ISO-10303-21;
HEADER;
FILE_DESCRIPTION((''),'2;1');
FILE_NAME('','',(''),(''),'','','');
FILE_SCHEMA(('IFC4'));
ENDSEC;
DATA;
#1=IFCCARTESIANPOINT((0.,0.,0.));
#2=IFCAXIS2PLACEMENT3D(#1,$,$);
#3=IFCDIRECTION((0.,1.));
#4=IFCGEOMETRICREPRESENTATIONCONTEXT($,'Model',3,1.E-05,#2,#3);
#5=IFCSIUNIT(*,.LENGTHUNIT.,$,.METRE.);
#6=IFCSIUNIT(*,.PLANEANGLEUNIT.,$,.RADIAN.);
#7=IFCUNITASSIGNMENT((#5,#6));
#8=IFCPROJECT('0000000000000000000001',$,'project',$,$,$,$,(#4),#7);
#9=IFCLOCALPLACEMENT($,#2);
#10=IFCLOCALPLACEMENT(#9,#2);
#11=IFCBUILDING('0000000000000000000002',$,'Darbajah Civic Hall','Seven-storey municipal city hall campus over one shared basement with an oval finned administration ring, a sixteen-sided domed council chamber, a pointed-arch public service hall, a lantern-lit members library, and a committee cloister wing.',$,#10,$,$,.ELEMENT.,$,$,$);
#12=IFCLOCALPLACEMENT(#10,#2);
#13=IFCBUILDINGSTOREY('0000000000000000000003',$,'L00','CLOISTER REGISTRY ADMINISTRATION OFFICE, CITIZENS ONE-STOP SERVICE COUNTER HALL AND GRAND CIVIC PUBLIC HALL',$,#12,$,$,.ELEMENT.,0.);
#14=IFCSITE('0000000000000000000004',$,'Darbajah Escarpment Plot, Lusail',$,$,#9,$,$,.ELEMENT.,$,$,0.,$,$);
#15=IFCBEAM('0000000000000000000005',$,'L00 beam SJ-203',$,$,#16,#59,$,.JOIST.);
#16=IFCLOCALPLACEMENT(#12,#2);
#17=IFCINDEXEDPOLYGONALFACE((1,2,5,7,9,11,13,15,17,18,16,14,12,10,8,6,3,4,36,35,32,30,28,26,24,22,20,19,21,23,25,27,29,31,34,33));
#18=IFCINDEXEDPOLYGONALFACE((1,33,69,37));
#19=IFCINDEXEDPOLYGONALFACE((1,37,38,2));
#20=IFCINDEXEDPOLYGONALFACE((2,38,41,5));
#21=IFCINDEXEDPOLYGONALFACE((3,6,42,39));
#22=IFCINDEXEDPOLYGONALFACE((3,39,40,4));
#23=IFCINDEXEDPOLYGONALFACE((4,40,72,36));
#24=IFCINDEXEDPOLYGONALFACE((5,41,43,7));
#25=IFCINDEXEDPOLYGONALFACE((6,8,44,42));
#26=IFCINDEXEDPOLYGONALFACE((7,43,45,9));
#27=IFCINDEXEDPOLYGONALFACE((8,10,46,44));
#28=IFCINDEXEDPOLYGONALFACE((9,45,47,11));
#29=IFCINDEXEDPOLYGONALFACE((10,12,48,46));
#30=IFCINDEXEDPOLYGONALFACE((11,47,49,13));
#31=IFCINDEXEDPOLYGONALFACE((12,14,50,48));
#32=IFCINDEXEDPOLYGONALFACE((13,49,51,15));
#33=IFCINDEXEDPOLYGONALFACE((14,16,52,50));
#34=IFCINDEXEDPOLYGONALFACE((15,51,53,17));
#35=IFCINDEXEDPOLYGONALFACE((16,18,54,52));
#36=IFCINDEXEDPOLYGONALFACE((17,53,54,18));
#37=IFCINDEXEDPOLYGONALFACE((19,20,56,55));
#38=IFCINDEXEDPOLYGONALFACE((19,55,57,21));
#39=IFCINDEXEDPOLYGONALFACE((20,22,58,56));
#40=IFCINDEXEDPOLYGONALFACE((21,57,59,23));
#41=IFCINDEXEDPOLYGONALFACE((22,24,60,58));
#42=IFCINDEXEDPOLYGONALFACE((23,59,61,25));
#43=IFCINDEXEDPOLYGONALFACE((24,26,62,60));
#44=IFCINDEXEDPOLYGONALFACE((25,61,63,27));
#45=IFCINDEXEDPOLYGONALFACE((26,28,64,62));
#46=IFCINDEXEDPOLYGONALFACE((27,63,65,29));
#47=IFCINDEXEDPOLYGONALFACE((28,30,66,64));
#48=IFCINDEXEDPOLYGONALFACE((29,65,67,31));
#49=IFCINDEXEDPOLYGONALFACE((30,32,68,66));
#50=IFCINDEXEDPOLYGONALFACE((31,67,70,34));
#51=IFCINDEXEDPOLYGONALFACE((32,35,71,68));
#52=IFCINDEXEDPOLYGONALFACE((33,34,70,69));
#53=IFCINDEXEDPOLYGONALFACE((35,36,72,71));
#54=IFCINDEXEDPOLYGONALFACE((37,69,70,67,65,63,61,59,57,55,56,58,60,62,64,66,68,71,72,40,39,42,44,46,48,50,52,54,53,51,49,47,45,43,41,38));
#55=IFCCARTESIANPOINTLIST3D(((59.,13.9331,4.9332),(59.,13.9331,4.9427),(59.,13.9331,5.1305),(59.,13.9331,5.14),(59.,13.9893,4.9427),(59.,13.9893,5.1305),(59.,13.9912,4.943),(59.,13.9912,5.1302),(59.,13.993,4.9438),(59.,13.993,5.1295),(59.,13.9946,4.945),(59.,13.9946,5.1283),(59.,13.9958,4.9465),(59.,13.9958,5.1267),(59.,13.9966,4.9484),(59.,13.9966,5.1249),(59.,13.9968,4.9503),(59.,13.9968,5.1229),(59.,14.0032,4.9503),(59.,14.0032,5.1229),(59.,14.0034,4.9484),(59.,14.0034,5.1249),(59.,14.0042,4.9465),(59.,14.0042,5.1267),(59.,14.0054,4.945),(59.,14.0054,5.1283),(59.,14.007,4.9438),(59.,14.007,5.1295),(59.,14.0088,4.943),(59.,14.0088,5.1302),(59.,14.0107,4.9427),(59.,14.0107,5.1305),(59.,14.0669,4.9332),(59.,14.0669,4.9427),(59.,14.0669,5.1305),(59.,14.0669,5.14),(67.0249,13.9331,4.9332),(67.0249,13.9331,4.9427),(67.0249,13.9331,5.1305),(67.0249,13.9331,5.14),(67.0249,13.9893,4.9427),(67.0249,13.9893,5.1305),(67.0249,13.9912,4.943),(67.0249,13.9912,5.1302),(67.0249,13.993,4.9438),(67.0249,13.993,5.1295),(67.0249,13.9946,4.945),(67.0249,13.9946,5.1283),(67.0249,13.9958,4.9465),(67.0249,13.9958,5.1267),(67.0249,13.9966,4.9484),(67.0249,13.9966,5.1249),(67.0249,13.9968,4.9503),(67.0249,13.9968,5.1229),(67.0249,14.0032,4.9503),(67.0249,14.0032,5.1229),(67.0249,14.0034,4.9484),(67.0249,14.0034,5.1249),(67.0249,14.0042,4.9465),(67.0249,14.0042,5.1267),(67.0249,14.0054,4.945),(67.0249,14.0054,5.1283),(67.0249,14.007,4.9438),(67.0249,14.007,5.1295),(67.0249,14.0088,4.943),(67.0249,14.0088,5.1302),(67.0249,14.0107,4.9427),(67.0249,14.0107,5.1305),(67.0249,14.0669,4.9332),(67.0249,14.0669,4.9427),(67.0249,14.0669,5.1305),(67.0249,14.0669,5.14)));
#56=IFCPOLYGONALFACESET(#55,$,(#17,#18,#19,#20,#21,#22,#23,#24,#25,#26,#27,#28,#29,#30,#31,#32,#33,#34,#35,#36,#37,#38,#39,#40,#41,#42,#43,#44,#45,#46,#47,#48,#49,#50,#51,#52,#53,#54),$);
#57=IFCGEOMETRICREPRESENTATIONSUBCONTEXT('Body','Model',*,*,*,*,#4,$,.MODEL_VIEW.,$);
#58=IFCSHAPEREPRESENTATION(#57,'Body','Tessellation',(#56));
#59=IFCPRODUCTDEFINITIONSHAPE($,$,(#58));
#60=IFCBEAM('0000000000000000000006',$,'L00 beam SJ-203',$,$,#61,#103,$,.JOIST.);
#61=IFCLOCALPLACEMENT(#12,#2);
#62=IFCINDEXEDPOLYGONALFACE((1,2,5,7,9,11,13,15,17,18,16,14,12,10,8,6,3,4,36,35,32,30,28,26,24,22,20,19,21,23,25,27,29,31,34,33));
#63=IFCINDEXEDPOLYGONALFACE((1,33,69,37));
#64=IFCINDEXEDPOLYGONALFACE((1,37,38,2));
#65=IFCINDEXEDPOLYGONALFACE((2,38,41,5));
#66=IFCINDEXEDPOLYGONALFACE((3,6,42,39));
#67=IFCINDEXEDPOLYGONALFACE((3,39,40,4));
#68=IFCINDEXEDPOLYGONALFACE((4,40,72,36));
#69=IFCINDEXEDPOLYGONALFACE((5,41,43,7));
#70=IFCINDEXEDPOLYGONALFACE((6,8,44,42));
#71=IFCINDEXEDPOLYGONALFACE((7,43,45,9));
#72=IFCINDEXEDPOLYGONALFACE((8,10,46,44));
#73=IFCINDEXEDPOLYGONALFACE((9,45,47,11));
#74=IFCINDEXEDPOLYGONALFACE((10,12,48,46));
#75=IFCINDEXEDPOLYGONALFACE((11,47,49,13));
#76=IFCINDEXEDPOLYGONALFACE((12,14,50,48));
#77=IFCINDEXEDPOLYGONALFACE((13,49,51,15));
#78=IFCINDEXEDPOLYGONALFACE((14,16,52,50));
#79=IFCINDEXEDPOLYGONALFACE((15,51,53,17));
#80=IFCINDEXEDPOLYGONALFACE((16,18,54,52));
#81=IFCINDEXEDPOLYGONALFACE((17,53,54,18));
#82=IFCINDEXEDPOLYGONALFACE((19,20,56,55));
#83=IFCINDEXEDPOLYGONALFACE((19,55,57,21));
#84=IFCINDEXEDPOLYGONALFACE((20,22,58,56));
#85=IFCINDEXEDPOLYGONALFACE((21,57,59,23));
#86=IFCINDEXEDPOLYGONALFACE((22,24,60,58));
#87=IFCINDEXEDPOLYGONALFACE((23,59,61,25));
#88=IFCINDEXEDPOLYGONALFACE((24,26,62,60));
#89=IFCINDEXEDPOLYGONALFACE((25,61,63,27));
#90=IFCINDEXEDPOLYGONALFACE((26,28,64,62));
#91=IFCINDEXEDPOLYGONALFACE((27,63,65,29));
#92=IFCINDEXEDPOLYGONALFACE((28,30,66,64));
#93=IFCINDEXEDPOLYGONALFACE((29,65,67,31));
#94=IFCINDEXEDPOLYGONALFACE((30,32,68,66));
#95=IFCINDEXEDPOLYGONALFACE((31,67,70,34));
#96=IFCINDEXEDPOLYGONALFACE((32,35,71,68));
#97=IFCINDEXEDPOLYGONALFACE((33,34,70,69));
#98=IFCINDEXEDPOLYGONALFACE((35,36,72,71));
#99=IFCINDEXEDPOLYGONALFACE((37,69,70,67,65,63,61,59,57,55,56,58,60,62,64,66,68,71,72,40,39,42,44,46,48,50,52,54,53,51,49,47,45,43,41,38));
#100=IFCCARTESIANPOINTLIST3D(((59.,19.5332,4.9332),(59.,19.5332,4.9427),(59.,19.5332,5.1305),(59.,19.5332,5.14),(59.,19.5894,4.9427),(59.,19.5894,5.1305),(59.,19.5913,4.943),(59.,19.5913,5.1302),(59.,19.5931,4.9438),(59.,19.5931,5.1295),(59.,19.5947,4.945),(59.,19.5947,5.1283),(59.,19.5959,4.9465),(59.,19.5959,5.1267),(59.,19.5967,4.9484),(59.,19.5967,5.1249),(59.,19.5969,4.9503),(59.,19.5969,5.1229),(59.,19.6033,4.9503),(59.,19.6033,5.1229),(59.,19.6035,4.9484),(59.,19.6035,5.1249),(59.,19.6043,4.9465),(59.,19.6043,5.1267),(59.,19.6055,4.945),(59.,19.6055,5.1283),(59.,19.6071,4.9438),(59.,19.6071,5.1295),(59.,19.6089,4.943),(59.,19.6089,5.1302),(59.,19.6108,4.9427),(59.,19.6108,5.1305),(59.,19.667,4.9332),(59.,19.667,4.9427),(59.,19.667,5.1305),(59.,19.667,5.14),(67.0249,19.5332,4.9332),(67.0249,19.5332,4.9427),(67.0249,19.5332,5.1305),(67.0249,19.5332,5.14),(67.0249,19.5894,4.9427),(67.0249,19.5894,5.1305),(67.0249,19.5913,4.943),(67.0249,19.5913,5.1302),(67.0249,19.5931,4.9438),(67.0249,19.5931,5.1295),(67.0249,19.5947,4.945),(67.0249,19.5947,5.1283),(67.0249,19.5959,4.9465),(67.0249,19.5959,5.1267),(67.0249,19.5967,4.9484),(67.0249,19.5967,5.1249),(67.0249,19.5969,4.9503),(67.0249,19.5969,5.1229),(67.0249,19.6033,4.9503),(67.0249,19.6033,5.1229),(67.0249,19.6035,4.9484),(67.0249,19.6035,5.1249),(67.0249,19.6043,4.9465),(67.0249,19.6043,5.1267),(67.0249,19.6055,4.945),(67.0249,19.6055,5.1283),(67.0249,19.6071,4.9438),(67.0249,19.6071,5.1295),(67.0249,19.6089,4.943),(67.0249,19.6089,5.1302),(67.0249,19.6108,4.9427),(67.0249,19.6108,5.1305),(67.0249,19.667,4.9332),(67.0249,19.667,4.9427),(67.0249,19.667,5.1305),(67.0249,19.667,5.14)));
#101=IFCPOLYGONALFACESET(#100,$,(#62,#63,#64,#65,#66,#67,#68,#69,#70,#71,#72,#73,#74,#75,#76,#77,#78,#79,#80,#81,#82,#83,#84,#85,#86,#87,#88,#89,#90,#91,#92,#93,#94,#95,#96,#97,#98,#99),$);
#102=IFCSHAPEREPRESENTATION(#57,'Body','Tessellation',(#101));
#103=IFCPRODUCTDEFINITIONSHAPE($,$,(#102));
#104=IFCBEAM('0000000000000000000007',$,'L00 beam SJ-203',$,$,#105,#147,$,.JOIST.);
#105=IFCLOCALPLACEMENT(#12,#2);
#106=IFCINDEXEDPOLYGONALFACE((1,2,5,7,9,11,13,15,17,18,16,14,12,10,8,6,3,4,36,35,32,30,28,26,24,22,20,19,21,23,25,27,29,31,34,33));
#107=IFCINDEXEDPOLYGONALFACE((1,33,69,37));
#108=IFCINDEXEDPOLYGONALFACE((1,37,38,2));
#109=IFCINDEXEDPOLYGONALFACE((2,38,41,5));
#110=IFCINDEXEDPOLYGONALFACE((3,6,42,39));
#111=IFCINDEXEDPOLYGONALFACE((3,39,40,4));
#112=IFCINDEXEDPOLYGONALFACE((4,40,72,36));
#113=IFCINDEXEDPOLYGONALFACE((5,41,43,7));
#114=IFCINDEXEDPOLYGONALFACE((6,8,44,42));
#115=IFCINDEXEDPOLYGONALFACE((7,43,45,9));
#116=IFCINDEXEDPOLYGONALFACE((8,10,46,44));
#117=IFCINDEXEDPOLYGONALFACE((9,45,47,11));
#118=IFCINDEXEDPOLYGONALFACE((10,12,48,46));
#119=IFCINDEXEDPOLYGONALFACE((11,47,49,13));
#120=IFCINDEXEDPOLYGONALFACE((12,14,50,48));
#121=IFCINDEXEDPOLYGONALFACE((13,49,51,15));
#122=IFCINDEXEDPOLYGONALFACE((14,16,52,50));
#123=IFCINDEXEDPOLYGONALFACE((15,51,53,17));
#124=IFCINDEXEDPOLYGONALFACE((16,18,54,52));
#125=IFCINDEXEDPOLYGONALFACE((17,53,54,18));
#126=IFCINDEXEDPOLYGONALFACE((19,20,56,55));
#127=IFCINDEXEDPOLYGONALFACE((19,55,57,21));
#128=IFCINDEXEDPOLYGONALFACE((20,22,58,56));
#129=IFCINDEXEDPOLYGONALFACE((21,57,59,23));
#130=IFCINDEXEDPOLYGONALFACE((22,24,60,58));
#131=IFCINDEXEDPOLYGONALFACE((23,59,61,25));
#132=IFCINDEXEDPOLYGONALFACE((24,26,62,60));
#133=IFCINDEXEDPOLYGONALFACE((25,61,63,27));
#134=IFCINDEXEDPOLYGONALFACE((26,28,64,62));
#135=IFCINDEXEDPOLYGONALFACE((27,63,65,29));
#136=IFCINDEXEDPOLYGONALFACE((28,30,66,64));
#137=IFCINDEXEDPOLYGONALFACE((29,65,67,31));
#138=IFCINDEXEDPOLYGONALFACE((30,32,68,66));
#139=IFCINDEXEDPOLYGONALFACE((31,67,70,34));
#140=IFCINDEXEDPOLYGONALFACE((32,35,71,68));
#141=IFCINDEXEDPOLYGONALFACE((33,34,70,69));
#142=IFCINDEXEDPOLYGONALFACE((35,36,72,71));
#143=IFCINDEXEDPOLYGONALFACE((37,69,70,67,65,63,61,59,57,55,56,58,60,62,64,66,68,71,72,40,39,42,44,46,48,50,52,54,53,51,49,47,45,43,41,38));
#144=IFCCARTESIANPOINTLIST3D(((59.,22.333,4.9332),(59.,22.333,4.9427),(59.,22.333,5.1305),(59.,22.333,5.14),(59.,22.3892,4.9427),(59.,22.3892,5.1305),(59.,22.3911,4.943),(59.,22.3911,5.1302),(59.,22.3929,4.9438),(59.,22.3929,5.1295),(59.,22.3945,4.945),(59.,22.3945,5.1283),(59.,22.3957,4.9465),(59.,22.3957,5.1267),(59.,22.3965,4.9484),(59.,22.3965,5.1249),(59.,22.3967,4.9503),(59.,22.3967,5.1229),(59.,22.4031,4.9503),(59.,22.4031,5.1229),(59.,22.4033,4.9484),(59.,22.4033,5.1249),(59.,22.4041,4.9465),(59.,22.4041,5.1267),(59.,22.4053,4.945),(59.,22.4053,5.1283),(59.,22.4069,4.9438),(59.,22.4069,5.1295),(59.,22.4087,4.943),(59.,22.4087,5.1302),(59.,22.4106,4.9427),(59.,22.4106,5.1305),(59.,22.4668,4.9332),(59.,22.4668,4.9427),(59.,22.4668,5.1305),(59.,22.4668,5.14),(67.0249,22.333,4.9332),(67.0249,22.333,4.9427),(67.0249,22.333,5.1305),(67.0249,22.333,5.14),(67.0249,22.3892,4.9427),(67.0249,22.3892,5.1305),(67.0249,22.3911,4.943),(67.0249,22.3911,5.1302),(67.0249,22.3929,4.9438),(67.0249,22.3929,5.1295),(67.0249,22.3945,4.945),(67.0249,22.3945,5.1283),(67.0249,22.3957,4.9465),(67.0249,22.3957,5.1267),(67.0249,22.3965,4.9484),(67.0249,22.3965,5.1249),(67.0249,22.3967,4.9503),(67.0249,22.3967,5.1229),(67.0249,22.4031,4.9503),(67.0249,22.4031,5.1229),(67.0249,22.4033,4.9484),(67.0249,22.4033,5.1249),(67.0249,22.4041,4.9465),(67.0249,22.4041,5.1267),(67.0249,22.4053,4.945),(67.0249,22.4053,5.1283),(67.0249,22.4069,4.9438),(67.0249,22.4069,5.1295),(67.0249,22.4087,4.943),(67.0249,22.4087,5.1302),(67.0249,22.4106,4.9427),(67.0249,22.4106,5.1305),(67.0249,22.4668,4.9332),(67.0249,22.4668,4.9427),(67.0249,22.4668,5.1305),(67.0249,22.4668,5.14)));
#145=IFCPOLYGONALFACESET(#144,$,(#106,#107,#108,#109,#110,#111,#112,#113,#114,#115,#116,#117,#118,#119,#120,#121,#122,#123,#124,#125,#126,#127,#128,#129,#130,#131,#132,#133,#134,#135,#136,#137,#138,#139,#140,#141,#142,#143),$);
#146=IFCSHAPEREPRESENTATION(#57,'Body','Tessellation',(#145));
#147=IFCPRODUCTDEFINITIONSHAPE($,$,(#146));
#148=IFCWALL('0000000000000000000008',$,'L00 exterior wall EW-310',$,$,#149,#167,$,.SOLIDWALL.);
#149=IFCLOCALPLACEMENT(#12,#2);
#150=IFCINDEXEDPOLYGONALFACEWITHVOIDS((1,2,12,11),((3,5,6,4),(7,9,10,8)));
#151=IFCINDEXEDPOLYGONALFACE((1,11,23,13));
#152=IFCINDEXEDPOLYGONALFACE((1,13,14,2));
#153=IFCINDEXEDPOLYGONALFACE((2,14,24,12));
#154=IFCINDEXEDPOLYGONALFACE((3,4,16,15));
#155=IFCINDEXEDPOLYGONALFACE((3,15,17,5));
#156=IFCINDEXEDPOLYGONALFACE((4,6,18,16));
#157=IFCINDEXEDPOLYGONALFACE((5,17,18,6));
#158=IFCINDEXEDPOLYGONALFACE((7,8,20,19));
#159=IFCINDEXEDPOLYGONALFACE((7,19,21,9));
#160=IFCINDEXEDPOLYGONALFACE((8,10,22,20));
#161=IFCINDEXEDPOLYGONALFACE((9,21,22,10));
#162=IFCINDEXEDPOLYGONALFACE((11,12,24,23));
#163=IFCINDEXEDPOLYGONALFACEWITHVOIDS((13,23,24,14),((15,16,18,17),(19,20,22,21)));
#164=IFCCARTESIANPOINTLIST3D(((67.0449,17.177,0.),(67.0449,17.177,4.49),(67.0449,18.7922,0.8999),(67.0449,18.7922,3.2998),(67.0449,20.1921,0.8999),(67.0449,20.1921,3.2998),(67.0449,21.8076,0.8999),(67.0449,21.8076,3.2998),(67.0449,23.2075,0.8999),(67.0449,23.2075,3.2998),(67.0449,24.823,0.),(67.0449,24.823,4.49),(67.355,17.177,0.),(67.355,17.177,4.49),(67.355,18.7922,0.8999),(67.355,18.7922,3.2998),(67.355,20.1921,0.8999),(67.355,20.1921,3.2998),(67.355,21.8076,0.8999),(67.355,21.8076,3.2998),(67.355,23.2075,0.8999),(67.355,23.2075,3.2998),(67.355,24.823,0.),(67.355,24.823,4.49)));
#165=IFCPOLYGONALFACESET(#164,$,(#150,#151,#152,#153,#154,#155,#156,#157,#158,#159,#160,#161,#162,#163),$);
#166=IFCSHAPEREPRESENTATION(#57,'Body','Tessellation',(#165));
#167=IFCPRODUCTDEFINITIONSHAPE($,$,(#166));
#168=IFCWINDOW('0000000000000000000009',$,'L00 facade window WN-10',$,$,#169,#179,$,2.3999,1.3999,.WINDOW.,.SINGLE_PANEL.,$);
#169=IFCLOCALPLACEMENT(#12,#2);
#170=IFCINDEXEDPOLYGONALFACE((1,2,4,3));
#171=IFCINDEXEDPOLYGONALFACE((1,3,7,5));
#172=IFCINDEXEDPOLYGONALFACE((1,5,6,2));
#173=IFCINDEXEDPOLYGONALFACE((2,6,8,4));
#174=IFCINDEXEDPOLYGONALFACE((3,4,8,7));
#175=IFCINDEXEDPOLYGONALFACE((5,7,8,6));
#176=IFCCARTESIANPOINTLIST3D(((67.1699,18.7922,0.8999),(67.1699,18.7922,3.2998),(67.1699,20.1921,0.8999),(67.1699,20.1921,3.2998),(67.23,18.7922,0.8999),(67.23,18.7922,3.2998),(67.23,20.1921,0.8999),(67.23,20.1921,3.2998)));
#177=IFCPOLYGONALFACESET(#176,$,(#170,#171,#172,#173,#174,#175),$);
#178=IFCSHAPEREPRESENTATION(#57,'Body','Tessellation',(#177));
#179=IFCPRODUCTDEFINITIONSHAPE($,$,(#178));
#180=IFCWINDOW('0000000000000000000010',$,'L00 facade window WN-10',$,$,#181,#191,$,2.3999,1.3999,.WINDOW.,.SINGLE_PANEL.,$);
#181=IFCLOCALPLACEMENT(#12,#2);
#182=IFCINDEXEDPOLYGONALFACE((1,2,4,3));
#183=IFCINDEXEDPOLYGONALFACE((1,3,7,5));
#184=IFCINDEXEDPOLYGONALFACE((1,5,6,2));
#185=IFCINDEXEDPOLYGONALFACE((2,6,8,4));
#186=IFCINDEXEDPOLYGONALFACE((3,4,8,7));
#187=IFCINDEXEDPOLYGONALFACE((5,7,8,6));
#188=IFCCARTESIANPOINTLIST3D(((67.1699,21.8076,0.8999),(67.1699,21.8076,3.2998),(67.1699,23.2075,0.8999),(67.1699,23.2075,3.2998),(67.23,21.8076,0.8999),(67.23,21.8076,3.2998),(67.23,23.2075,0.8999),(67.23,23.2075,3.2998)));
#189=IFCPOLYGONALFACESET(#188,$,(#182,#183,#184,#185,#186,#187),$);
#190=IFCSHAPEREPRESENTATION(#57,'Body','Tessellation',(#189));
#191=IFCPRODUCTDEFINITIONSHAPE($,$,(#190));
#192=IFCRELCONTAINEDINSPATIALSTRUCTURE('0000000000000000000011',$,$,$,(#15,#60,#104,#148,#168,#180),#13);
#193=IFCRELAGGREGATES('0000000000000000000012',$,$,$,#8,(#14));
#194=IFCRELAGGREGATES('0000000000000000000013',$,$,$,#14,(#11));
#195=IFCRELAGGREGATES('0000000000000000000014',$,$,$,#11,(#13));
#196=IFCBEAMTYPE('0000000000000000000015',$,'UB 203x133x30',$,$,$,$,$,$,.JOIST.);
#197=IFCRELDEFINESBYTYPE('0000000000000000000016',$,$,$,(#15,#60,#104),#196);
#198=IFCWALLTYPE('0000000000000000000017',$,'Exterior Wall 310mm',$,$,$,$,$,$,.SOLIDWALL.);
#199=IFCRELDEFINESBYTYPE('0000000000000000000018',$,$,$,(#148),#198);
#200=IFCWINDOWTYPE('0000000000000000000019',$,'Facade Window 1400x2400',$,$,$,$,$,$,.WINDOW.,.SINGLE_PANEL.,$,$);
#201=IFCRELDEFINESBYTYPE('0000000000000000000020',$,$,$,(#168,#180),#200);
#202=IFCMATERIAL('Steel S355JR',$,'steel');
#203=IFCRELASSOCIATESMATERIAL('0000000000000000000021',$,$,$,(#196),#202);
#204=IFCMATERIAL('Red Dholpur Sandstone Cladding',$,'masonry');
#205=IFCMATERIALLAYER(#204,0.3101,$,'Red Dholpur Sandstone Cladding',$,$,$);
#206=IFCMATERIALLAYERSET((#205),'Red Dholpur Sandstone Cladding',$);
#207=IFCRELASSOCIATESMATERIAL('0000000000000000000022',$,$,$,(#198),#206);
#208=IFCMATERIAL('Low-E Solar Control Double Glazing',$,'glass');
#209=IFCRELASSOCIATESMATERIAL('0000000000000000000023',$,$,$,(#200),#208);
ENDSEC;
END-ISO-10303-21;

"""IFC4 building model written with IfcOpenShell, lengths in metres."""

from ifc_helpers import new_model, si_unit, direction, frame, frame_2d, origin, origin_2d, place, context, subcontext, project, spatial, rectangle, i_section, extrude, material, layer, layer_set, material_profile, profile_set, type_object, element, fill, save


model = new_model("IFC4")

# Units and contexts
model_context = context("Model", 3, precision=1e-05, world=origin(), true_north=direction((0.0, 1.0)))
body_context = subcontext(model_context, "Body", "Model", "MODEL_VIEW")
ifc_project = project(units=[si_unit("LENGTHUNIT", "METRE"), si_unit("PLANEANGLEUNIT", "RADIAN")], contexts=[model_context])

# Site, building, storey
site_placement = place(None, origin())
site = spatial("IfcSite", under=ifc_project, at=site_placement, Name="Darbajah Escarpment Plot, Lusail", CompositionType="ELEMENT", RefElevation=0.0)
building_placement = place(site_placement, origin())
building = spatial("IfcBuilding", under=site, at=building_placement, Name="Darbajah Civic Hall", Description="Seven-storey municipal city hall campus over one shared basement with an oval finned administration ring, a sixteen-sided domed council chamber, a pointed-arch public service hall, a lantern-lit members library, and a committee cloister wing.", CompositionType="ELEMENT")
storey_placement = place(building_placement, origin())
storey = spatial("IfcBuildingStorey", under=building, at=storey_placement, Name="L00", Description="CLOISTER REGISTRY ADMINISTRATION OFFICE, CITIZENS ONE-STOP SERVICE COUNTER HALL AND GRAND CIVIC PUBLIC HALL", CompositionType="ELEMENT", Elevation=0.0)

# Beams
ifc_material_1 = material(Name="Steel S355JR", Category="steel")
ifc_material_profile_1 = material_profile(ifc_material_1, i_section(OverallWidth=0.1338, OverallDepth=0.2068, WebThickness=0.0063, FlangeThickness=0.0095, FilletRadius=0.0076, at=origin_2d()), Name="UB 203x133x30")
ifc_profile_set_1 = profile_set([ifc_material_profile_1], Name="Steel S355JR")
beam_type_1 = type_object("IfcBeamType", Name="UB 203x133x30", PredefinedType="JOIST", material=ifc_profile_set_1)
for number, where, z_axis, x_axis, name in (
    (1, (59.0, 14.0, 5.0366), (1.0, 0.0, 0.0), (0.0, 1.0, 0.0), "L00 beam SJ-203"),
    (2, (59.0, 19.6001, 5.0366), (1.0, 0.0, 0.0), (0.0, 1.0, 0.0), "L00 beam SJ-203"),
    (3, (59.0, 22.3999, 5.0366), (1.0, 0.0, 0.0), (0.0, 1.0, 0.0), "L00 beam SJ-203"),
):
    element("IfcBeam", number, at=place(storey_placement, frame(where, z_axis=z_axis, x_axis=x_axis)), inside=storey, type_object=beam_type_1, Name=name, PredefinedType="JOIST", context=body_context, shape_type="SweptSolid", body=[
        extrude(i_section(OverallWidth=0.1338, OverallDepth=0.2068, WebThickness=0.0063, FlangeThickness=0.0095, FilletRadius=0.0076, at=origin_2d()), origin(), (0.0, 0.0, 1.0), 8.0249),
    ])

# Wall, openings, windows
ifc_material_2 = material(Name="Red Dholpur Sandstone Cladding", Category="masonry")
ifc_layer_1 = layer(ifc_material_2, 0.3101, Name="Red Dholpur Sandstone Cladding")
ifc_layer_set_1 = layer_set([ifc_layer_1], Name="Red Dholpur Sandstone Cladding")
wall_type = type_object("IfcWallType", Name="Exterior Wall 310mm", PredefinedType="SOLIDWALL", material=ifc_layer_set_1)
wall_1_placement = place(storey_placement, frame((67.2, 17.177, 0.0), z_axis=(0.0, 0.0, 1.0), x_axis=(0.0, 1.0, 0.0)))
wall_1 = element("IfcWall", 4, at=wall_1_placement, inside=storey, type_object=wall_type, Name="L00 exterior wall EW-310", PredefinedType="SOLIDWALL", context=body_context, shape_type="SweptSolid", body=[
    extrude(rectangle(XDim=7.646, YDim=0.3101, at=frame_2d((3.823, 0.0))), origin(), (0.0, 0.0, 1.0), 4.49),
])
opening_1_placement = place(wall_1_placement, frame((1.6152, 0.0, 0.8999)))
opening_1 = element("IfcOpeningElement", 5, at=opening_1_placement, cuts=wall_1, PredefinedType="OPENING", context=body_context, shape_type="SweptSolid", body=[
    extrude(rectangle(XDim=1.3999, YDim=2.3999, at=frame_2d((0.7, 1.2))), frame((0.0, 0.165, 0.0), z_axis=(0.0, -1.0, 0.0), x_axis=(1.0, 0.0, 0.0)), (0.0, 0.0, 1.0), 0.3301),
])
opening_2_placement = place(wall_1_placement, frame((4.6306, 0.0, 0.8999)))
opening_2 = element("IfcOpeningElement", 6, at=opening_2_placement, cuts=wall_1, PredefinedType="OPENING", context=body_context, shape_type="SweptSolid", body=[
    extrude(rectangle(XDim=1.3999, YDim=2.3999, at=frame_2d((0.7, 1.2))), frame((0.0, 0.165, 0.0), z_axis=(0.0, -1.0, 0.0), x_axis=(1.0, 0.0, 0.0)), (0.0, 0.0, 1.0), 0.3301),
])
ifc_material_3 = material(Name="Low-E Solar Control Double Glazing", Category="glass")
window_type_1 = type_object("IfcWindowType", Name="Facade Window 1400x2400", PartitioningType="SINGLE_PANEL", PredefinedType="WINDOW", material=ifc_material_3)
window_1_placement = place(opening_1_placement, origin())
window_1 = element("IfcWindow", 7, at=window_1_placement, inside=storey, type_object=window_type_1, Name="L00 facade window WN-10", OverallHeight=2.3999, OverallWidth=1.3999, PartitioningType="SINGLE_PANEL", PredefinedType="WINDOW", context=body_context, shape_type="SweptSolid", body=[
    extrude(rectangle(XDim=1.3999, YDim=2.3999, at=frame_2d((0.7, 1.2))), frame((0.0, 0.03, 0.0), z_axis=(0.0, -1.0, 0.0), x_axis=(1.0, 0.0, 0.0)), (0.0, 0.0, 1.0), 0.0601),
])
fill(opening_1, window_1)
window_2_placement = place(opening_2_placement, origin())
window_2 = element("IfcWindow", 8, at=window_2_placement, inside=storey, type_object=window_type_1, Name="L00 facade window WN-10", OverallHeight=2.3999, OverallWidth=1.3999, PartitioningType="SINGLE_PANEL", PredefinedType="WINDOW", context=body_context, shape_type="SweptSolid", body=[
    extrude(rectangle(XDim=1.3999, YDim=2.3999, at=frame_2d((0.7, 1.2))), frame((0.0, 0.03, 0.0), z_axis=(0.0, -1.0, 0.0), x_axis=(1.0, 0.0, 0.0)), (0.0, 0.0, 1.0), 0.0601),
])
fill(opening_2, window_2)

save(model, "model.ifc")
